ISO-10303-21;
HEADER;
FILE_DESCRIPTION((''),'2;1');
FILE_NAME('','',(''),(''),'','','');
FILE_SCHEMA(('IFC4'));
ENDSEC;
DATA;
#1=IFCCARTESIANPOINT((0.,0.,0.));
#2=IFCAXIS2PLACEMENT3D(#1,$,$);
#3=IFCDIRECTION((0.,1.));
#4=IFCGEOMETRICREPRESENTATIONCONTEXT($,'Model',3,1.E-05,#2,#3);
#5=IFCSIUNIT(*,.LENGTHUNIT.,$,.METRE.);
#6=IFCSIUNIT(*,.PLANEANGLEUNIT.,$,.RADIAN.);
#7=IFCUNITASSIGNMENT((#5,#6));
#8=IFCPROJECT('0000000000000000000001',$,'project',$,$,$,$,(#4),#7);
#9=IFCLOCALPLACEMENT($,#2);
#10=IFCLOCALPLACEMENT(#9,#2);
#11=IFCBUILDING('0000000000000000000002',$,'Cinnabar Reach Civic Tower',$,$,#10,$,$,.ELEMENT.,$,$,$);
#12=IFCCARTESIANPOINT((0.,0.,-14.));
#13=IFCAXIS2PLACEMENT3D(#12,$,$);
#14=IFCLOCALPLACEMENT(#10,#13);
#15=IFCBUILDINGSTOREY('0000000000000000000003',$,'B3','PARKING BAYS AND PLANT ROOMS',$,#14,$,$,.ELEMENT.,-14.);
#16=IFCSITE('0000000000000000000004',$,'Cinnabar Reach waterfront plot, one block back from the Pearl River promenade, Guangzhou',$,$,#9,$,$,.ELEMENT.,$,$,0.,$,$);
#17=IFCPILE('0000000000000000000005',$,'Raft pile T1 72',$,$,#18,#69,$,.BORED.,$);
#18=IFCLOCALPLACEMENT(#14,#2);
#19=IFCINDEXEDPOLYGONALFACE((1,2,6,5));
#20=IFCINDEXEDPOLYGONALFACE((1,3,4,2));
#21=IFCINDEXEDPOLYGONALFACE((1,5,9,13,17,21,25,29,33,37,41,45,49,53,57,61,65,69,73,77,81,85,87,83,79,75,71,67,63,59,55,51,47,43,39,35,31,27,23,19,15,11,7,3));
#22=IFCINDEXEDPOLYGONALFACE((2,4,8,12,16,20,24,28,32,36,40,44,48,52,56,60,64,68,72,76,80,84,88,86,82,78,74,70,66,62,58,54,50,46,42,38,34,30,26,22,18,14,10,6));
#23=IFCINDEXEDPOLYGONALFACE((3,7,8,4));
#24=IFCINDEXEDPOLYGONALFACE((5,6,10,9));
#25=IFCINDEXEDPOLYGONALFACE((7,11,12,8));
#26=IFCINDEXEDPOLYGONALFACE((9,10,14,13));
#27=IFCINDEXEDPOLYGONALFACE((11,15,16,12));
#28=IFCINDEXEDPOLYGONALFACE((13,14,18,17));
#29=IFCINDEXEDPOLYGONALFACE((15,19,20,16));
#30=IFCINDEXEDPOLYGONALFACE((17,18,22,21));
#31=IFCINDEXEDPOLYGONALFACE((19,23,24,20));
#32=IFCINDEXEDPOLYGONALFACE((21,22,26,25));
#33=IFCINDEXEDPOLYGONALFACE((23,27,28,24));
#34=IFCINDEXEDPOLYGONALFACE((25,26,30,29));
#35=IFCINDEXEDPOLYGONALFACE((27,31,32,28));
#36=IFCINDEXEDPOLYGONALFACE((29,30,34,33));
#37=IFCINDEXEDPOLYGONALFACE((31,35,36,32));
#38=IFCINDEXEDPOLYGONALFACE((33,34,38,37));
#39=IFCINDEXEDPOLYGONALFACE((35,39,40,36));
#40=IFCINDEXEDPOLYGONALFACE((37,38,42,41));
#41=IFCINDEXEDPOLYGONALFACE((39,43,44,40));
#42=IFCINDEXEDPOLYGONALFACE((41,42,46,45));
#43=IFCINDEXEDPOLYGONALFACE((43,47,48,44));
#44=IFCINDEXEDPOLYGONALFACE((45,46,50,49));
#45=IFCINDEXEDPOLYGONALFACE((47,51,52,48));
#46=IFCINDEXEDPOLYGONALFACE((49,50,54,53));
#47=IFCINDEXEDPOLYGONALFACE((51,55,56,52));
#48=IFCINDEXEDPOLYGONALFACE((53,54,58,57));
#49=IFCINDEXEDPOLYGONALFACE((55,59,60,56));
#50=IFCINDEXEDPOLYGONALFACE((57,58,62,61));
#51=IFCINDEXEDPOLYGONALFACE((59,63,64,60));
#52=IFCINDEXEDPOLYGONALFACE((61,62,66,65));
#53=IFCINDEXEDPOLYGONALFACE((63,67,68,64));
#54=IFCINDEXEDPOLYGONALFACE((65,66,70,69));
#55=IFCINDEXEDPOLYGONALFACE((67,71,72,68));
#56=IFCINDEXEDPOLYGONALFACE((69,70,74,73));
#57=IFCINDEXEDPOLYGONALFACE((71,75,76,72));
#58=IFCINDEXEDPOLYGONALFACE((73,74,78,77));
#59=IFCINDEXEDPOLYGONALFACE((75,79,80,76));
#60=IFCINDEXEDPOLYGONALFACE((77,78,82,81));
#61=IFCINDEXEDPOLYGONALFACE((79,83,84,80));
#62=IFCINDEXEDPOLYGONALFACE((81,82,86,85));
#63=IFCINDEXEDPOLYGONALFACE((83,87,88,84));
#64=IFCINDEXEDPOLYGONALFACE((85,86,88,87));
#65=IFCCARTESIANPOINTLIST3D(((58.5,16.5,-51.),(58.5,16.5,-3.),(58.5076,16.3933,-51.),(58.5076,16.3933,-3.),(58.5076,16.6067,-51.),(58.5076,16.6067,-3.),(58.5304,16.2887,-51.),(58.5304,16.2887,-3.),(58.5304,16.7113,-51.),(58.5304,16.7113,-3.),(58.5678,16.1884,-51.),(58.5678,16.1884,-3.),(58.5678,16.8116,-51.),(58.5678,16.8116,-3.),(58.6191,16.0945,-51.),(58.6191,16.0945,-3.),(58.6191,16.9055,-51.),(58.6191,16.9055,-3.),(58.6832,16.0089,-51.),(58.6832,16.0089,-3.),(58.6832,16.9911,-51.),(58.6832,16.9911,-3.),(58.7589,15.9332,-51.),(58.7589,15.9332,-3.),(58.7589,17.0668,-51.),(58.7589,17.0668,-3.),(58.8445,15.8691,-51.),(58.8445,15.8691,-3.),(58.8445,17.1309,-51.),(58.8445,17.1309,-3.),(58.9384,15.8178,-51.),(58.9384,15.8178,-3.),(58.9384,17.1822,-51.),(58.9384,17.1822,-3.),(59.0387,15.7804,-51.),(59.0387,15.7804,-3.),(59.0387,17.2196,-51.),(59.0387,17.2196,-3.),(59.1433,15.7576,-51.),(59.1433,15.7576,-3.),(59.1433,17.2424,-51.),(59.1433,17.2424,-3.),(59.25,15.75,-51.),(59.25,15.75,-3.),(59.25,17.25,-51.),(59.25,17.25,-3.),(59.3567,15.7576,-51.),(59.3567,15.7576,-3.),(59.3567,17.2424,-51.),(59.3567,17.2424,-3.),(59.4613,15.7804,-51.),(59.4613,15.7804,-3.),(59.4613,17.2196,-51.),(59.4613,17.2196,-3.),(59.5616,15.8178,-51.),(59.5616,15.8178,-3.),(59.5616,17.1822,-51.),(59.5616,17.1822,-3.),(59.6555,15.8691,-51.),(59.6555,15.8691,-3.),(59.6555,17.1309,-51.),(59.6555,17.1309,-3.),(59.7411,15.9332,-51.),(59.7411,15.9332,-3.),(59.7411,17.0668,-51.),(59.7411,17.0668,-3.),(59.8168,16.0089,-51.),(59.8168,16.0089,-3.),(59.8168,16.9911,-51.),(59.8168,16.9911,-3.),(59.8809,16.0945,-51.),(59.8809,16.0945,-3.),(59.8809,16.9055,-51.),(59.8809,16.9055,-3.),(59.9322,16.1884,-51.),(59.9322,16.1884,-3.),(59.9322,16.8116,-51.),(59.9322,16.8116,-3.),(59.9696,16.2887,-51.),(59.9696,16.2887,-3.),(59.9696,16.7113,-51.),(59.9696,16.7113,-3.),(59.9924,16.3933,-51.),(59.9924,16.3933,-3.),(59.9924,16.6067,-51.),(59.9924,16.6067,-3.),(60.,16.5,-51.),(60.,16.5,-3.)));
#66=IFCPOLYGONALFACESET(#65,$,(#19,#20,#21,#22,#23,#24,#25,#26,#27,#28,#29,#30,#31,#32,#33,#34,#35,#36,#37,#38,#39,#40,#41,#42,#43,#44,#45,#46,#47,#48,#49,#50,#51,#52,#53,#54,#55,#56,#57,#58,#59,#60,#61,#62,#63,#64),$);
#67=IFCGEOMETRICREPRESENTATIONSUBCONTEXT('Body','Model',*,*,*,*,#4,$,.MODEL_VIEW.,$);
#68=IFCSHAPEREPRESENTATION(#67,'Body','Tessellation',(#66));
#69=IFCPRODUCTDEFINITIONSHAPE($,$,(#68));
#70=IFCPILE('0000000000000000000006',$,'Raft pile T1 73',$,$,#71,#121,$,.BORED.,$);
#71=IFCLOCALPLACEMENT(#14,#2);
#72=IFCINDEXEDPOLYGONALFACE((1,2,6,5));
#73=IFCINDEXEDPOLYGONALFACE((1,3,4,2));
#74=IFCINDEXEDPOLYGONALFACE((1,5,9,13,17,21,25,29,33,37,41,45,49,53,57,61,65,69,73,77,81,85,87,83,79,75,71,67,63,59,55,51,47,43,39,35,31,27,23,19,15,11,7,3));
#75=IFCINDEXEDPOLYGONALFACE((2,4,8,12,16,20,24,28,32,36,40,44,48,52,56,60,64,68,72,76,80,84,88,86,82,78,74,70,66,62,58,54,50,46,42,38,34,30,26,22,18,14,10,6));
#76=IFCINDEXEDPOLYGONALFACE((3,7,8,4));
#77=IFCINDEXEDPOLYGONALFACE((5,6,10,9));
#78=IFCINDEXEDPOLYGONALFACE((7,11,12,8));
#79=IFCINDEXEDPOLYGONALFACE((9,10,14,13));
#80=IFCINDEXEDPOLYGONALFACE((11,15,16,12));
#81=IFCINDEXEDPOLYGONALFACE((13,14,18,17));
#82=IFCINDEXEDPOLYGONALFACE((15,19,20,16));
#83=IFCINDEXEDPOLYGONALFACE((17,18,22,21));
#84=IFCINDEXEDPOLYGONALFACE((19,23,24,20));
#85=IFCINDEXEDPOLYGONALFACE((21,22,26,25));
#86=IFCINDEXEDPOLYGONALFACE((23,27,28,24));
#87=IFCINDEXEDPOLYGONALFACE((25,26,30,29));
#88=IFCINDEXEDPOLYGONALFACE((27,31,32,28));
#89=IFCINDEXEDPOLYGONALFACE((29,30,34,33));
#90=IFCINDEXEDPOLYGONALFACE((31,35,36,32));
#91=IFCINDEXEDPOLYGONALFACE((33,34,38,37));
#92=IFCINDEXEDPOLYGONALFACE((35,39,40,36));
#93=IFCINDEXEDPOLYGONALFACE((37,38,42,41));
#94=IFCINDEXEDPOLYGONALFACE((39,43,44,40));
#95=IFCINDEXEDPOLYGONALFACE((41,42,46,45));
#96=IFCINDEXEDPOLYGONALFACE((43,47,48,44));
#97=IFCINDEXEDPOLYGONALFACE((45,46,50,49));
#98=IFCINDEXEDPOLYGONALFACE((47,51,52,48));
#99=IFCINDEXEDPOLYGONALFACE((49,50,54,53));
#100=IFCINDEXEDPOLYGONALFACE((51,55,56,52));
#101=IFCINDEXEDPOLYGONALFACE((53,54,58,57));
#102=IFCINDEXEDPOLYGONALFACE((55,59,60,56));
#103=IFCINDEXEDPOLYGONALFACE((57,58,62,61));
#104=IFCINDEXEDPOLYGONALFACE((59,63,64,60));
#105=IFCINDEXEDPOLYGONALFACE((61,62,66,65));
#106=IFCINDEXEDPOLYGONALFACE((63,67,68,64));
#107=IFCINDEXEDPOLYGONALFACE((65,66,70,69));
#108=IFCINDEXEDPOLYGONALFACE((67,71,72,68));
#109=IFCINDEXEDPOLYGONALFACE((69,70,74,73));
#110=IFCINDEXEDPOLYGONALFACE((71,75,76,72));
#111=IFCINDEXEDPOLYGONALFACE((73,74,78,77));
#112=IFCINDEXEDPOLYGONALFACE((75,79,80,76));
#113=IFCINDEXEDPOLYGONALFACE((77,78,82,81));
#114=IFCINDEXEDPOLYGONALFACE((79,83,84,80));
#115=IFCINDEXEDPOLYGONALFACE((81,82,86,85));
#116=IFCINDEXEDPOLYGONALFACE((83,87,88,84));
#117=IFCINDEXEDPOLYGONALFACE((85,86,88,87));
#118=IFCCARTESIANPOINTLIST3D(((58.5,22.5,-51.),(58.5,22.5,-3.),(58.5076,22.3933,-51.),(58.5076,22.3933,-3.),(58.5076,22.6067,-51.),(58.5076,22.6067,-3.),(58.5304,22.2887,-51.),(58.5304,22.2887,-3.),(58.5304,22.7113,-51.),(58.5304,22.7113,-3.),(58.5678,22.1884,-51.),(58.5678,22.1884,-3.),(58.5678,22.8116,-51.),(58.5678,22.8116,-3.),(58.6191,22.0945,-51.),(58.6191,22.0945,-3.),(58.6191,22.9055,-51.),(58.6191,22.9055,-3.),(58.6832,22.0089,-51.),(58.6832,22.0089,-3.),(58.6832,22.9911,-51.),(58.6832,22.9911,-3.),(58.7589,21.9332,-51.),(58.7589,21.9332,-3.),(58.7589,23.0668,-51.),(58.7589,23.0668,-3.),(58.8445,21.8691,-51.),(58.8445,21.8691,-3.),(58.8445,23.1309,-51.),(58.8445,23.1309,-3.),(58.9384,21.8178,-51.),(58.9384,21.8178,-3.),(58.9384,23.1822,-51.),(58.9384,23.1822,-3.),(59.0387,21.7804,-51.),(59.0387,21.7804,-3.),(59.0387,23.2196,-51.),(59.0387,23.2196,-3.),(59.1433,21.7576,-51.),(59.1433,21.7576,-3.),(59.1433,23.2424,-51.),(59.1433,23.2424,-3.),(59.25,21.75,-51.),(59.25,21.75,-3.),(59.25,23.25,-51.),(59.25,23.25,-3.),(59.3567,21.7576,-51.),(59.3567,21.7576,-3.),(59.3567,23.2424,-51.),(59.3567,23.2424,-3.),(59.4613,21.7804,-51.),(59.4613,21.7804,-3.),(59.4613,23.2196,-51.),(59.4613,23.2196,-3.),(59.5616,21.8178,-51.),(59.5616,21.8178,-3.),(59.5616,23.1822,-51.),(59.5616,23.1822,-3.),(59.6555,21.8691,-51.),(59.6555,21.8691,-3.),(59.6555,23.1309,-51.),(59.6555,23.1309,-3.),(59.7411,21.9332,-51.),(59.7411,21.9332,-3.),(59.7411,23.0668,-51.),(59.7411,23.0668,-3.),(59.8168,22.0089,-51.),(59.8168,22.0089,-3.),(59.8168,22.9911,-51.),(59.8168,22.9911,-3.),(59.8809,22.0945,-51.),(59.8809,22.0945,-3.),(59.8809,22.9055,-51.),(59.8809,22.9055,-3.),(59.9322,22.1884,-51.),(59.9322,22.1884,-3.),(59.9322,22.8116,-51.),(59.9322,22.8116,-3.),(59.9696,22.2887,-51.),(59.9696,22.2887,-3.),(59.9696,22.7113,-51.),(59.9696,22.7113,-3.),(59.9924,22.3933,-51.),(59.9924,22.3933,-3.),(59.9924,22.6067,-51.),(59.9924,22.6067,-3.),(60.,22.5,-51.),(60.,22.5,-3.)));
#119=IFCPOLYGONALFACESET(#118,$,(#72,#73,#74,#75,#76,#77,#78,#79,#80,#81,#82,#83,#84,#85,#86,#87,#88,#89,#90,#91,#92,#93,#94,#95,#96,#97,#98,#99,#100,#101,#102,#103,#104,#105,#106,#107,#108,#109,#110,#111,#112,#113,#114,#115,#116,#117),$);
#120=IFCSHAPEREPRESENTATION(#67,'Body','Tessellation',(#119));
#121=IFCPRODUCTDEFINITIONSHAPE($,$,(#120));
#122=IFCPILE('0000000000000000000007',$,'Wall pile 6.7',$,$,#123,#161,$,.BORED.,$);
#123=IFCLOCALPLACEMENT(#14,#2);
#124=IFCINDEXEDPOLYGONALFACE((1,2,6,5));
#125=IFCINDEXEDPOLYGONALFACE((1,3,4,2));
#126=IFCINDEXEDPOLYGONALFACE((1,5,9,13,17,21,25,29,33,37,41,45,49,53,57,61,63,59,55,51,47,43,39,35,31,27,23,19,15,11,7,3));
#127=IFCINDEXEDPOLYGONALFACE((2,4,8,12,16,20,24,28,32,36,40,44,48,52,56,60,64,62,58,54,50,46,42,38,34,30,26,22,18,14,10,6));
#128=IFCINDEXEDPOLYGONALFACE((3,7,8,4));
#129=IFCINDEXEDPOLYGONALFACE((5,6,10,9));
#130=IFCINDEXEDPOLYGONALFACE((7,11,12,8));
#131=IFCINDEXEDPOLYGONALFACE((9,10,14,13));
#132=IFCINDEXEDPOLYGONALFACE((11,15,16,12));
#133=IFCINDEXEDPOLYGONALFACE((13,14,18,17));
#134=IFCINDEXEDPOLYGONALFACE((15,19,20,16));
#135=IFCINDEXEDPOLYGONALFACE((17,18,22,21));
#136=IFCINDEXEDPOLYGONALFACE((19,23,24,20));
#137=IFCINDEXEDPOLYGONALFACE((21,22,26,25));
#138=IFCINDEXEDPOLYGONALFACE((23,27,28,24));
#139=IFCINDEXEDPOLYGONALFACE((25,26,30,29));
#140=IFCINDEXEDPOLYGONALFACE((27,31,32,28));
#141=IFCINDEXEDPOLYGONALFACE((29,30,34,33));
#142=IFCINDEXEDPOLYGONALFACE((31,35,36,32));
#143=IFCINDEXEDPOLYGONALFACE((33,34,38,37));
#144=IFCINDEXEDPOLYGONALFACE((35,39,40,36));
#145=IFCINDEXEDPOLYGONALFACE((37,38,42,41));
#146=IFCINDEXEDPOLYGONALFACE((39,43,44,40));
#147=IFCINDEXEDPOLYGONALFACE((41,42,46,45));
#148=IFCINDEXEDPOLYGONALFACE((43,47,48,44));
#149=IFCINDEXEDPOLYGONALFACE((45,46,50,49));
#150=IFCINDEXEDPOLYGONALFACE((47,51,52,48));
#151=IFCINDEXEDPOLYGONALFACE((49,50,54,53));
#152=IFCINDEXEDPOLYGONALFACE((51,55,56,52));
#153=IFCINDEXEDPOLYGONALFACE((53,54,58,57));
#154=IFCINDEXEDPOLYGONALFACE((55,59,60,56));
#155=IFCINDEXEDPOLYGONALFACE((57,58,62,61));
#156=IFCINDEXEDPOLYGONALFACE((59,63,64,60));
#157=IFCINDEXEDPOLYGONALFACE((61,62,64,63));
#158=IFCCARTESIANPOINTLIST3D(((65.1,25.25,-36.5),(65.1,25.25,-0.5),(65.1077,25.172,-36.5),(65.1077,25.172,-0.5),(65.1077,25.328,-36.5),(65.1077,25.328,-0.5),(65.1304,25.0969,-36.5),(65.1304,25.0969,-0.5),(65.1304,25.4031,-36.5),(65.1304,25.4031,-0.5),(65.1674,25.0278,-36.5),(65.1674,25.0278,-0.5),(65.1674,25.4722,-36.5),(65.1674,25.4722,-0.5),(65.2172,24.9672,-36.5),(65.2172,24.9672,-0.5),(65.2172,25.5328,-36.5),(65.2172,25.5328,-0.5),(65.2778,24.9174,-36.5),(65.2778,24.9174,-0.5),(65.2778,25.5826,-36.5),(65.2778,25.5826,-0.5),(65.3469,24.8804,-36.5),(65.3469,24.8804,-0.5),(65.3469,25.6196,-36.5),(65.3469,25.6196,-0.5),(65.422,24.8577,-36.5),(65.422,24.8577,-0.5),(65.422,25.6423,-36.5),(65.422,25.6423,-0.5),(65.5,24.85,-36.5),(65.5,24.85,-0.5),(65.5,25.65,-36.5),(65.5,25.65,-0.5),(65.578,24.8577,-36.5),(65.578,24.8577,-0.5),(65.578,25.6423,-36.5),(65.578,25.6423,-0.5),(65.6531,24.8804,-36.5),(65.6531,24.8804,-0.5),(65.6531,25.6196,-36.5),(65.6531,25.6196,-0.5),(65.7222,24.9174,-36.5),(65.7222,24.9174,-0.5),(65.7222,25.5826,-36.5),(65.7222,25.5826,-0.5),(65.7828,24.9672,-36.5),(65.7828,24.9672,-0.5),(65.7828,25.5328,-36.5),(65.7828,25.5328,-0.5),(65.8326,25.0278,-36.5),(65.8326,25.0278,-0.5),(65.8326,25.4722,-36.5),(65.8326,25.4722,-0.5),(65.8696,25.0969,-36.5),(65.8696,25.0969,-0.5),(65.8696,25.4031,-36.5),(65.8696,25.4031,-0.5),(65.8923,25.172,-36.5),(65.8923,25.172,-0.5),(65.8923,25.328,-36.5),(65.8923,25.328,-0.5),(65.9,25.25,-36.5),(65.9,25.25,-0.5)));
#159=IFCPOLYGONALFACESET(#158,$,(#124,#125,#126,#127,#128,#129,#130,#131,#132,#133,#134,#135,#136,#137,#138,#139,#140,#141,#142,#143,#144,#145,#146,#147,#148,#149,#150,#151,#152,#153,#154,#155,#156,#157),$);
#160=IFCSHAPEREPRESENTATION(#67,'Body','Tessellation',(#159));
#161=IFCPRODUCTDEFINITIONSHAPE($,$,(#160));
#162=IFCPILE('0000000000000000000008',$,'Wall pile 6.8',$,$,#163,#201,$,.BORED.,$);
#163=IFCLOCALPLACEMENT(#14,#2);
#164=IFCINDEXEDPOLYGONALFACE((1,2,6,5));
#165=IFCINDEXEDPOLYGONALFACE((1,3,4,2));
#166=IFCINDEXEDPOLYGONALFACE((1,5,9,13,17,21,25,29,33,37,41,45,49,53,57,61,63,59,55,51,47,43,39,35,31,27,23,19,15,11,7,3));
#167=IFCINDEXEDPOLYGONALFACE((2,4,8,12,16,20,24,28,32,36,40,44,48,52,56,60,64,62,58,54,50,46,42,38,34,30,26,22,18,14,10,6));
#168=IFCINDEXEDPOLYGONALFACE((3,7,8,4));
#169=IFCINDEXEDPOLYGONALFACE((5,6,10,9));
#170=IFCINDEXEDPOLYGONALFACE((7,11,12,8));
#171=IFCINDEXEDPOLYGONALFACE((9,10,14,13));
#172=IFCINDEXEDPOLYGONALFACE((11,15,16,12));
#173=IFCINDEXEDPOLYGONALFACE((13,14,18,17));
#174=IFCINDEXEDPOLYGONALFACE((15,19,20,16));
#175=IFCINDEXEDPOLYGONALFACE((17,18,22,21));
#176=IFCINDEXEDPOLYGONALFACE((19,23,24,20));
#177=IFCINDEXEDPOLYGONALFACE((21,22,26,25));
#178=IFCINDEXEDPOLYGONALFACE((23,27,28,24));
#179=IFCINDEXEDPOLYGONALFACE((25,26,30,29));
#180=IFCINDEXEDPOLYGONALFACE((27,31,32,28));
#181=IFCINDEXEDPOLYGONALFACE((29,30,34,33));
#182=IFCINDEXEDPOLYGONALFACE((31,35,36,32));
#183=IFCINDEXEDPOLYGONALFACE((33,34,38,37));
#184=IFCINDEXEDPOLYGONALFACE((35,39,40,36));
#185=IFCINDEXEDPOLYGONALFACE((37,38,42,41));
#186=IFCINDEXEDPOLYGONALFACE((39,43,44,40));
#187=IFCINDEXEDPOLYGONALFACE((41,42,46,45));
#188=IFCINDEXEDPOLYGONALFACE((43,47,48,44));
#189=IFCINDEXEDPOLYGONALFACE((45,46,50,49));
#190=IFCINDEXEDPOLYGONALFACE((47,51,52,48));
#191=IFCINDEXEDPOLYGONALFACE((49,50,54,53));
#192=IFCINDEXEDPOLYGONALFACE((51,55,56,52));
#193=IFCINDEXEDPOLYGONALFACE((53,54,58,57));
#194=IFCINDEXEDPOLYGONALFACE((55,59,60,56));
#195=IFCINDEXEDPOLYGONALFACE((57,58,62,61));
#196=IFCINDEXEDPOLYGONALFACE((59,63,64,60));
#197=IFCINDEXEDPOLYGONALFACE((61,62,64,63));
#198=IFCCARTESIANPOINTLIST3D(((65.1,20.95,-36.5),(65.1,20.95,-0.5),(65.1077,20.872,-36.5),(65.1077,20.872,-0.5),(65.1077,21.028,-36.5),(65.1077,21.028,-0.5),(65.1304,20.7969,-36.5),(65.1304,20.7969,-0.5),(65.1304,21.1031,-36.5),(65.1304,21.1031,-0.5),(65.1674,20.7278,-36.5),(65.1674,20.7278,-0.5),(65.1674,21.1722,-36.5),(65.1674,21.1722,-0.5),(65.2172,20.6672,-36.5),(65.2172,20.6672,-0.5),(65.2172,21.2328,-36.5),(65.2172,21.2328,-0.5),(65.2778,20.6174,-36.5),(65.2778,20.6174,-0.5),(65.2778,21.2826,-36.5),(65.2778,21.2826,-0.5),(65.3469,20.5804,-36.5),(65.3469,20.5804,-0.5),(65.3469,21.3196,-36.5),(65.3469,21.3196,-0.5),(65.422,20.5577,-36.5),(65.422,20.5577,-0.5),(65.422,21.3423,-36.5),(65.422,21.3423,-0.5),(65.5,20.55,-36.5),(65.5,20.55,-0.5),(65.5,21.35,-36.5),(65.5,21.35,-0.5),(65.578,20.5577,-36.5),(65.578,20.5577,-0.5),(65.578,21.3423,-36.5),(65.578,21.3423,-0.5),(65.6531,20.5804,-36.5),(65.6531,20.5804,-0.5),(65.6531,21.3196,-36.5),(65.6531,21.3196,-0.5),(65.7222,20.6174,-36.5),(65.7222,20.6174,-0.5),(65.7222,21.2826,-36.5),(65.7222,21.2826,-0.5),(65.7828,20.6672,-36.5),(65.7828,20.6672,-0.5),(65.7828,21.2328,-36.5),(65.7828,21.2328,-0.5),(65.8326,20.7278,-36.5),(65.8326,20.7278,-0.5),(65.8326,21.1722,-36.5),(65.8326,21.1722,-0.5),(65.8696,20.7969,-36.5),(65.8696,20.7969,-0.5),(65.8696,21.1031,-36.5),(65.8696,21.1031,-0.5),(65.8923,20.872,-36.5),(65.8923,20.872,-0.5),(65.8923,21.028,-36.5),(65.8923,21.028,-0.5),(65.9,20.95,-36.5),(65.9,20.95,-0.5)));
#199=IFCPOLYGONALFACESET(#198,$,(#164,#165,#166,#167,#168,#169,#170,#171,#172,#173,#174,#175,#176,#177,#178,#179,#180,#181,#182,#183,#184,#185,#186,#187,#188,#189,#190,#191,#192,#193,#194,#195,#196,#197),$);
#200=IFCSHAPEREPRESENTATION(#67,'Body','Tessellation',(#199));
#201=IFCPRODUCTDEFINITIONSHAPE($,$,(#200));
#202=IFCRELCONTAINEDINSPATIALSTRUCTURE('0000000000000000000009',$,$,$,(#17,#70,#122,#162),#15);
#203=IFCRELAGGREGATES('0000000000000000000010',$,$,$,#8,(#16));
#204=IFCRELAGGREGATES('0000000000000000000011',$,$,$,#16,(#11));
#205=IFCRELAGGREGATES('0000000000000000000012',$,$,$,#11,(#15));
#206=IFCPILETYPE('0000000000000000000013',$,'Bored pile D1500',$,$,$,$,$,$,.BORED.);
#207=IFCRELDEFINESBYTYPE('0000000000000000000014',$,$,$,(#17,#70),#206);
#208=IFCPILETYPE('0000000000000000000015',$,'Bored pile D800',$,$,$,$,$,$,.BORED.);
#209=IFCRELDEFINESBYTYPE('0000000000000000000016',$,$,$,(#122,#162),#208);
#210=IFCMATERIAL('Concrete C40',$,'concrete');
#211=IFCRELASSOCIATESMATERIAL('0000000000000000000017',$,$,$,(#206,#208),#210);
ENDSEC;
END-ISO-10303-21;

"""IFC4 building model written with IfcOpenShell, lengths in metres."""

from ifc_helpers import new_model, si_unit, direction, frame, origin, origin_2d, place, context, subcontext, project, spatial, circle, extrude, material, type_object, element, save


model = new_model("IFC4")

# Units and contexts
model_context = context("Model", 3, precision=1e-05, world=origin(), true_north=direction((0.0, 1.0)))
body_context = subcontext(model_context, "Body", "Model", "MODEL_VIEW")
ifc_project = project(units=[si_unit("LENGTHUNIT", "METRE"), si_unit("PLANEANGLEUNIT", "RADIAN")], contexts=[model_context])

# Site, building, storey
site_placement = place(None, origin())
site = spatial("IfcSite", under=ifc_project, at=site_placement, Name="Cinnabar Reach waterfront plot, one block back from the Pearl River promenade, Guangzhou", CompositionType="ELEMENT", RefElevation=0.0)
building_placement = place(site_placement, origin())
building = spatial("IfcBuilding", under=site, at=building_placement, Name="Cinnabar Reach Civic Tower", CompositionType="ELEMENT")
storey_placement = place(building_placement, frame((0.0, 0.0, -14.0)))
storey = spatial("IfcBuildingStorey", under=building, at=storey_placement, Name="B3", Description="PARKING BAYS AND PLANT ROOMS", CompositionType="ELEMENT", Elevation=-14.0)

# Piles
ifc_material_1 = material(Name="Concrete C40", Category="concrete")
pile_type_1 = type_object("IfcPileType", Name="Bored pile D1500", PredefinedType="BORED", material=ifc_material_1)
for number, where, z_axis, x_axis, name in (
    (1, (59.25, 16.5, -3.0), (0.0, 0.0, -1.0), (1.0, 0.0, 0.0), "Raft pile T1 72"),
    (2, (59.25, 22.5, -3.0), (0.0, 0.0, -1.0), (1.0, 0.0, 0.0), "Raft pile T1 73"),
):
    element("IfcPile", number, at=place(storey_placement, frame(where, z_axis=z_axis, x_axis=x_axis)), inside=storey, type_object=pile_type_1, Name=name, PredefinedType="BORED", context=body_context, shape_type="SweptSolid", body=[
        extrude(circle(Radius=0.75, at=origin_2d()), origin(), (0.0, 0.0, 1.0), 48.0),
    ])
pile_type_2 = type_object("IfcPileType", Name="Bored pile D800", PredefinedType="BORED", material=ifc_material_1)
for number, where, z_axis, x_axis, name in (
    (3, (65.5, 25.25, -0.5), (0.0, 0.0, -1.0), (1.0, 0.0, 0.0), "Wall pile 6.7"),
    (4, (65.5, 20.95, -0.5), (0.0, 0.0, -1.0), (1.0, 0.0, 0.0), "Wall pile 6.8"),
):
    element("IfcPile", number, at=place(storey_placement, frame(where, z_axis=z_axis, x_axis=x_axis)), inside=storey, type_object=pile_type_2, Name=name, PredefinedType="BORED", context=body_context, shape_type="SweptSolid", body=[
        extrude(circle(Radius=0.4, at=origin_2d()), origin(), (0.0, 0.0, 1.0), 36.0),
    ])

save(model, "model.ifc")
